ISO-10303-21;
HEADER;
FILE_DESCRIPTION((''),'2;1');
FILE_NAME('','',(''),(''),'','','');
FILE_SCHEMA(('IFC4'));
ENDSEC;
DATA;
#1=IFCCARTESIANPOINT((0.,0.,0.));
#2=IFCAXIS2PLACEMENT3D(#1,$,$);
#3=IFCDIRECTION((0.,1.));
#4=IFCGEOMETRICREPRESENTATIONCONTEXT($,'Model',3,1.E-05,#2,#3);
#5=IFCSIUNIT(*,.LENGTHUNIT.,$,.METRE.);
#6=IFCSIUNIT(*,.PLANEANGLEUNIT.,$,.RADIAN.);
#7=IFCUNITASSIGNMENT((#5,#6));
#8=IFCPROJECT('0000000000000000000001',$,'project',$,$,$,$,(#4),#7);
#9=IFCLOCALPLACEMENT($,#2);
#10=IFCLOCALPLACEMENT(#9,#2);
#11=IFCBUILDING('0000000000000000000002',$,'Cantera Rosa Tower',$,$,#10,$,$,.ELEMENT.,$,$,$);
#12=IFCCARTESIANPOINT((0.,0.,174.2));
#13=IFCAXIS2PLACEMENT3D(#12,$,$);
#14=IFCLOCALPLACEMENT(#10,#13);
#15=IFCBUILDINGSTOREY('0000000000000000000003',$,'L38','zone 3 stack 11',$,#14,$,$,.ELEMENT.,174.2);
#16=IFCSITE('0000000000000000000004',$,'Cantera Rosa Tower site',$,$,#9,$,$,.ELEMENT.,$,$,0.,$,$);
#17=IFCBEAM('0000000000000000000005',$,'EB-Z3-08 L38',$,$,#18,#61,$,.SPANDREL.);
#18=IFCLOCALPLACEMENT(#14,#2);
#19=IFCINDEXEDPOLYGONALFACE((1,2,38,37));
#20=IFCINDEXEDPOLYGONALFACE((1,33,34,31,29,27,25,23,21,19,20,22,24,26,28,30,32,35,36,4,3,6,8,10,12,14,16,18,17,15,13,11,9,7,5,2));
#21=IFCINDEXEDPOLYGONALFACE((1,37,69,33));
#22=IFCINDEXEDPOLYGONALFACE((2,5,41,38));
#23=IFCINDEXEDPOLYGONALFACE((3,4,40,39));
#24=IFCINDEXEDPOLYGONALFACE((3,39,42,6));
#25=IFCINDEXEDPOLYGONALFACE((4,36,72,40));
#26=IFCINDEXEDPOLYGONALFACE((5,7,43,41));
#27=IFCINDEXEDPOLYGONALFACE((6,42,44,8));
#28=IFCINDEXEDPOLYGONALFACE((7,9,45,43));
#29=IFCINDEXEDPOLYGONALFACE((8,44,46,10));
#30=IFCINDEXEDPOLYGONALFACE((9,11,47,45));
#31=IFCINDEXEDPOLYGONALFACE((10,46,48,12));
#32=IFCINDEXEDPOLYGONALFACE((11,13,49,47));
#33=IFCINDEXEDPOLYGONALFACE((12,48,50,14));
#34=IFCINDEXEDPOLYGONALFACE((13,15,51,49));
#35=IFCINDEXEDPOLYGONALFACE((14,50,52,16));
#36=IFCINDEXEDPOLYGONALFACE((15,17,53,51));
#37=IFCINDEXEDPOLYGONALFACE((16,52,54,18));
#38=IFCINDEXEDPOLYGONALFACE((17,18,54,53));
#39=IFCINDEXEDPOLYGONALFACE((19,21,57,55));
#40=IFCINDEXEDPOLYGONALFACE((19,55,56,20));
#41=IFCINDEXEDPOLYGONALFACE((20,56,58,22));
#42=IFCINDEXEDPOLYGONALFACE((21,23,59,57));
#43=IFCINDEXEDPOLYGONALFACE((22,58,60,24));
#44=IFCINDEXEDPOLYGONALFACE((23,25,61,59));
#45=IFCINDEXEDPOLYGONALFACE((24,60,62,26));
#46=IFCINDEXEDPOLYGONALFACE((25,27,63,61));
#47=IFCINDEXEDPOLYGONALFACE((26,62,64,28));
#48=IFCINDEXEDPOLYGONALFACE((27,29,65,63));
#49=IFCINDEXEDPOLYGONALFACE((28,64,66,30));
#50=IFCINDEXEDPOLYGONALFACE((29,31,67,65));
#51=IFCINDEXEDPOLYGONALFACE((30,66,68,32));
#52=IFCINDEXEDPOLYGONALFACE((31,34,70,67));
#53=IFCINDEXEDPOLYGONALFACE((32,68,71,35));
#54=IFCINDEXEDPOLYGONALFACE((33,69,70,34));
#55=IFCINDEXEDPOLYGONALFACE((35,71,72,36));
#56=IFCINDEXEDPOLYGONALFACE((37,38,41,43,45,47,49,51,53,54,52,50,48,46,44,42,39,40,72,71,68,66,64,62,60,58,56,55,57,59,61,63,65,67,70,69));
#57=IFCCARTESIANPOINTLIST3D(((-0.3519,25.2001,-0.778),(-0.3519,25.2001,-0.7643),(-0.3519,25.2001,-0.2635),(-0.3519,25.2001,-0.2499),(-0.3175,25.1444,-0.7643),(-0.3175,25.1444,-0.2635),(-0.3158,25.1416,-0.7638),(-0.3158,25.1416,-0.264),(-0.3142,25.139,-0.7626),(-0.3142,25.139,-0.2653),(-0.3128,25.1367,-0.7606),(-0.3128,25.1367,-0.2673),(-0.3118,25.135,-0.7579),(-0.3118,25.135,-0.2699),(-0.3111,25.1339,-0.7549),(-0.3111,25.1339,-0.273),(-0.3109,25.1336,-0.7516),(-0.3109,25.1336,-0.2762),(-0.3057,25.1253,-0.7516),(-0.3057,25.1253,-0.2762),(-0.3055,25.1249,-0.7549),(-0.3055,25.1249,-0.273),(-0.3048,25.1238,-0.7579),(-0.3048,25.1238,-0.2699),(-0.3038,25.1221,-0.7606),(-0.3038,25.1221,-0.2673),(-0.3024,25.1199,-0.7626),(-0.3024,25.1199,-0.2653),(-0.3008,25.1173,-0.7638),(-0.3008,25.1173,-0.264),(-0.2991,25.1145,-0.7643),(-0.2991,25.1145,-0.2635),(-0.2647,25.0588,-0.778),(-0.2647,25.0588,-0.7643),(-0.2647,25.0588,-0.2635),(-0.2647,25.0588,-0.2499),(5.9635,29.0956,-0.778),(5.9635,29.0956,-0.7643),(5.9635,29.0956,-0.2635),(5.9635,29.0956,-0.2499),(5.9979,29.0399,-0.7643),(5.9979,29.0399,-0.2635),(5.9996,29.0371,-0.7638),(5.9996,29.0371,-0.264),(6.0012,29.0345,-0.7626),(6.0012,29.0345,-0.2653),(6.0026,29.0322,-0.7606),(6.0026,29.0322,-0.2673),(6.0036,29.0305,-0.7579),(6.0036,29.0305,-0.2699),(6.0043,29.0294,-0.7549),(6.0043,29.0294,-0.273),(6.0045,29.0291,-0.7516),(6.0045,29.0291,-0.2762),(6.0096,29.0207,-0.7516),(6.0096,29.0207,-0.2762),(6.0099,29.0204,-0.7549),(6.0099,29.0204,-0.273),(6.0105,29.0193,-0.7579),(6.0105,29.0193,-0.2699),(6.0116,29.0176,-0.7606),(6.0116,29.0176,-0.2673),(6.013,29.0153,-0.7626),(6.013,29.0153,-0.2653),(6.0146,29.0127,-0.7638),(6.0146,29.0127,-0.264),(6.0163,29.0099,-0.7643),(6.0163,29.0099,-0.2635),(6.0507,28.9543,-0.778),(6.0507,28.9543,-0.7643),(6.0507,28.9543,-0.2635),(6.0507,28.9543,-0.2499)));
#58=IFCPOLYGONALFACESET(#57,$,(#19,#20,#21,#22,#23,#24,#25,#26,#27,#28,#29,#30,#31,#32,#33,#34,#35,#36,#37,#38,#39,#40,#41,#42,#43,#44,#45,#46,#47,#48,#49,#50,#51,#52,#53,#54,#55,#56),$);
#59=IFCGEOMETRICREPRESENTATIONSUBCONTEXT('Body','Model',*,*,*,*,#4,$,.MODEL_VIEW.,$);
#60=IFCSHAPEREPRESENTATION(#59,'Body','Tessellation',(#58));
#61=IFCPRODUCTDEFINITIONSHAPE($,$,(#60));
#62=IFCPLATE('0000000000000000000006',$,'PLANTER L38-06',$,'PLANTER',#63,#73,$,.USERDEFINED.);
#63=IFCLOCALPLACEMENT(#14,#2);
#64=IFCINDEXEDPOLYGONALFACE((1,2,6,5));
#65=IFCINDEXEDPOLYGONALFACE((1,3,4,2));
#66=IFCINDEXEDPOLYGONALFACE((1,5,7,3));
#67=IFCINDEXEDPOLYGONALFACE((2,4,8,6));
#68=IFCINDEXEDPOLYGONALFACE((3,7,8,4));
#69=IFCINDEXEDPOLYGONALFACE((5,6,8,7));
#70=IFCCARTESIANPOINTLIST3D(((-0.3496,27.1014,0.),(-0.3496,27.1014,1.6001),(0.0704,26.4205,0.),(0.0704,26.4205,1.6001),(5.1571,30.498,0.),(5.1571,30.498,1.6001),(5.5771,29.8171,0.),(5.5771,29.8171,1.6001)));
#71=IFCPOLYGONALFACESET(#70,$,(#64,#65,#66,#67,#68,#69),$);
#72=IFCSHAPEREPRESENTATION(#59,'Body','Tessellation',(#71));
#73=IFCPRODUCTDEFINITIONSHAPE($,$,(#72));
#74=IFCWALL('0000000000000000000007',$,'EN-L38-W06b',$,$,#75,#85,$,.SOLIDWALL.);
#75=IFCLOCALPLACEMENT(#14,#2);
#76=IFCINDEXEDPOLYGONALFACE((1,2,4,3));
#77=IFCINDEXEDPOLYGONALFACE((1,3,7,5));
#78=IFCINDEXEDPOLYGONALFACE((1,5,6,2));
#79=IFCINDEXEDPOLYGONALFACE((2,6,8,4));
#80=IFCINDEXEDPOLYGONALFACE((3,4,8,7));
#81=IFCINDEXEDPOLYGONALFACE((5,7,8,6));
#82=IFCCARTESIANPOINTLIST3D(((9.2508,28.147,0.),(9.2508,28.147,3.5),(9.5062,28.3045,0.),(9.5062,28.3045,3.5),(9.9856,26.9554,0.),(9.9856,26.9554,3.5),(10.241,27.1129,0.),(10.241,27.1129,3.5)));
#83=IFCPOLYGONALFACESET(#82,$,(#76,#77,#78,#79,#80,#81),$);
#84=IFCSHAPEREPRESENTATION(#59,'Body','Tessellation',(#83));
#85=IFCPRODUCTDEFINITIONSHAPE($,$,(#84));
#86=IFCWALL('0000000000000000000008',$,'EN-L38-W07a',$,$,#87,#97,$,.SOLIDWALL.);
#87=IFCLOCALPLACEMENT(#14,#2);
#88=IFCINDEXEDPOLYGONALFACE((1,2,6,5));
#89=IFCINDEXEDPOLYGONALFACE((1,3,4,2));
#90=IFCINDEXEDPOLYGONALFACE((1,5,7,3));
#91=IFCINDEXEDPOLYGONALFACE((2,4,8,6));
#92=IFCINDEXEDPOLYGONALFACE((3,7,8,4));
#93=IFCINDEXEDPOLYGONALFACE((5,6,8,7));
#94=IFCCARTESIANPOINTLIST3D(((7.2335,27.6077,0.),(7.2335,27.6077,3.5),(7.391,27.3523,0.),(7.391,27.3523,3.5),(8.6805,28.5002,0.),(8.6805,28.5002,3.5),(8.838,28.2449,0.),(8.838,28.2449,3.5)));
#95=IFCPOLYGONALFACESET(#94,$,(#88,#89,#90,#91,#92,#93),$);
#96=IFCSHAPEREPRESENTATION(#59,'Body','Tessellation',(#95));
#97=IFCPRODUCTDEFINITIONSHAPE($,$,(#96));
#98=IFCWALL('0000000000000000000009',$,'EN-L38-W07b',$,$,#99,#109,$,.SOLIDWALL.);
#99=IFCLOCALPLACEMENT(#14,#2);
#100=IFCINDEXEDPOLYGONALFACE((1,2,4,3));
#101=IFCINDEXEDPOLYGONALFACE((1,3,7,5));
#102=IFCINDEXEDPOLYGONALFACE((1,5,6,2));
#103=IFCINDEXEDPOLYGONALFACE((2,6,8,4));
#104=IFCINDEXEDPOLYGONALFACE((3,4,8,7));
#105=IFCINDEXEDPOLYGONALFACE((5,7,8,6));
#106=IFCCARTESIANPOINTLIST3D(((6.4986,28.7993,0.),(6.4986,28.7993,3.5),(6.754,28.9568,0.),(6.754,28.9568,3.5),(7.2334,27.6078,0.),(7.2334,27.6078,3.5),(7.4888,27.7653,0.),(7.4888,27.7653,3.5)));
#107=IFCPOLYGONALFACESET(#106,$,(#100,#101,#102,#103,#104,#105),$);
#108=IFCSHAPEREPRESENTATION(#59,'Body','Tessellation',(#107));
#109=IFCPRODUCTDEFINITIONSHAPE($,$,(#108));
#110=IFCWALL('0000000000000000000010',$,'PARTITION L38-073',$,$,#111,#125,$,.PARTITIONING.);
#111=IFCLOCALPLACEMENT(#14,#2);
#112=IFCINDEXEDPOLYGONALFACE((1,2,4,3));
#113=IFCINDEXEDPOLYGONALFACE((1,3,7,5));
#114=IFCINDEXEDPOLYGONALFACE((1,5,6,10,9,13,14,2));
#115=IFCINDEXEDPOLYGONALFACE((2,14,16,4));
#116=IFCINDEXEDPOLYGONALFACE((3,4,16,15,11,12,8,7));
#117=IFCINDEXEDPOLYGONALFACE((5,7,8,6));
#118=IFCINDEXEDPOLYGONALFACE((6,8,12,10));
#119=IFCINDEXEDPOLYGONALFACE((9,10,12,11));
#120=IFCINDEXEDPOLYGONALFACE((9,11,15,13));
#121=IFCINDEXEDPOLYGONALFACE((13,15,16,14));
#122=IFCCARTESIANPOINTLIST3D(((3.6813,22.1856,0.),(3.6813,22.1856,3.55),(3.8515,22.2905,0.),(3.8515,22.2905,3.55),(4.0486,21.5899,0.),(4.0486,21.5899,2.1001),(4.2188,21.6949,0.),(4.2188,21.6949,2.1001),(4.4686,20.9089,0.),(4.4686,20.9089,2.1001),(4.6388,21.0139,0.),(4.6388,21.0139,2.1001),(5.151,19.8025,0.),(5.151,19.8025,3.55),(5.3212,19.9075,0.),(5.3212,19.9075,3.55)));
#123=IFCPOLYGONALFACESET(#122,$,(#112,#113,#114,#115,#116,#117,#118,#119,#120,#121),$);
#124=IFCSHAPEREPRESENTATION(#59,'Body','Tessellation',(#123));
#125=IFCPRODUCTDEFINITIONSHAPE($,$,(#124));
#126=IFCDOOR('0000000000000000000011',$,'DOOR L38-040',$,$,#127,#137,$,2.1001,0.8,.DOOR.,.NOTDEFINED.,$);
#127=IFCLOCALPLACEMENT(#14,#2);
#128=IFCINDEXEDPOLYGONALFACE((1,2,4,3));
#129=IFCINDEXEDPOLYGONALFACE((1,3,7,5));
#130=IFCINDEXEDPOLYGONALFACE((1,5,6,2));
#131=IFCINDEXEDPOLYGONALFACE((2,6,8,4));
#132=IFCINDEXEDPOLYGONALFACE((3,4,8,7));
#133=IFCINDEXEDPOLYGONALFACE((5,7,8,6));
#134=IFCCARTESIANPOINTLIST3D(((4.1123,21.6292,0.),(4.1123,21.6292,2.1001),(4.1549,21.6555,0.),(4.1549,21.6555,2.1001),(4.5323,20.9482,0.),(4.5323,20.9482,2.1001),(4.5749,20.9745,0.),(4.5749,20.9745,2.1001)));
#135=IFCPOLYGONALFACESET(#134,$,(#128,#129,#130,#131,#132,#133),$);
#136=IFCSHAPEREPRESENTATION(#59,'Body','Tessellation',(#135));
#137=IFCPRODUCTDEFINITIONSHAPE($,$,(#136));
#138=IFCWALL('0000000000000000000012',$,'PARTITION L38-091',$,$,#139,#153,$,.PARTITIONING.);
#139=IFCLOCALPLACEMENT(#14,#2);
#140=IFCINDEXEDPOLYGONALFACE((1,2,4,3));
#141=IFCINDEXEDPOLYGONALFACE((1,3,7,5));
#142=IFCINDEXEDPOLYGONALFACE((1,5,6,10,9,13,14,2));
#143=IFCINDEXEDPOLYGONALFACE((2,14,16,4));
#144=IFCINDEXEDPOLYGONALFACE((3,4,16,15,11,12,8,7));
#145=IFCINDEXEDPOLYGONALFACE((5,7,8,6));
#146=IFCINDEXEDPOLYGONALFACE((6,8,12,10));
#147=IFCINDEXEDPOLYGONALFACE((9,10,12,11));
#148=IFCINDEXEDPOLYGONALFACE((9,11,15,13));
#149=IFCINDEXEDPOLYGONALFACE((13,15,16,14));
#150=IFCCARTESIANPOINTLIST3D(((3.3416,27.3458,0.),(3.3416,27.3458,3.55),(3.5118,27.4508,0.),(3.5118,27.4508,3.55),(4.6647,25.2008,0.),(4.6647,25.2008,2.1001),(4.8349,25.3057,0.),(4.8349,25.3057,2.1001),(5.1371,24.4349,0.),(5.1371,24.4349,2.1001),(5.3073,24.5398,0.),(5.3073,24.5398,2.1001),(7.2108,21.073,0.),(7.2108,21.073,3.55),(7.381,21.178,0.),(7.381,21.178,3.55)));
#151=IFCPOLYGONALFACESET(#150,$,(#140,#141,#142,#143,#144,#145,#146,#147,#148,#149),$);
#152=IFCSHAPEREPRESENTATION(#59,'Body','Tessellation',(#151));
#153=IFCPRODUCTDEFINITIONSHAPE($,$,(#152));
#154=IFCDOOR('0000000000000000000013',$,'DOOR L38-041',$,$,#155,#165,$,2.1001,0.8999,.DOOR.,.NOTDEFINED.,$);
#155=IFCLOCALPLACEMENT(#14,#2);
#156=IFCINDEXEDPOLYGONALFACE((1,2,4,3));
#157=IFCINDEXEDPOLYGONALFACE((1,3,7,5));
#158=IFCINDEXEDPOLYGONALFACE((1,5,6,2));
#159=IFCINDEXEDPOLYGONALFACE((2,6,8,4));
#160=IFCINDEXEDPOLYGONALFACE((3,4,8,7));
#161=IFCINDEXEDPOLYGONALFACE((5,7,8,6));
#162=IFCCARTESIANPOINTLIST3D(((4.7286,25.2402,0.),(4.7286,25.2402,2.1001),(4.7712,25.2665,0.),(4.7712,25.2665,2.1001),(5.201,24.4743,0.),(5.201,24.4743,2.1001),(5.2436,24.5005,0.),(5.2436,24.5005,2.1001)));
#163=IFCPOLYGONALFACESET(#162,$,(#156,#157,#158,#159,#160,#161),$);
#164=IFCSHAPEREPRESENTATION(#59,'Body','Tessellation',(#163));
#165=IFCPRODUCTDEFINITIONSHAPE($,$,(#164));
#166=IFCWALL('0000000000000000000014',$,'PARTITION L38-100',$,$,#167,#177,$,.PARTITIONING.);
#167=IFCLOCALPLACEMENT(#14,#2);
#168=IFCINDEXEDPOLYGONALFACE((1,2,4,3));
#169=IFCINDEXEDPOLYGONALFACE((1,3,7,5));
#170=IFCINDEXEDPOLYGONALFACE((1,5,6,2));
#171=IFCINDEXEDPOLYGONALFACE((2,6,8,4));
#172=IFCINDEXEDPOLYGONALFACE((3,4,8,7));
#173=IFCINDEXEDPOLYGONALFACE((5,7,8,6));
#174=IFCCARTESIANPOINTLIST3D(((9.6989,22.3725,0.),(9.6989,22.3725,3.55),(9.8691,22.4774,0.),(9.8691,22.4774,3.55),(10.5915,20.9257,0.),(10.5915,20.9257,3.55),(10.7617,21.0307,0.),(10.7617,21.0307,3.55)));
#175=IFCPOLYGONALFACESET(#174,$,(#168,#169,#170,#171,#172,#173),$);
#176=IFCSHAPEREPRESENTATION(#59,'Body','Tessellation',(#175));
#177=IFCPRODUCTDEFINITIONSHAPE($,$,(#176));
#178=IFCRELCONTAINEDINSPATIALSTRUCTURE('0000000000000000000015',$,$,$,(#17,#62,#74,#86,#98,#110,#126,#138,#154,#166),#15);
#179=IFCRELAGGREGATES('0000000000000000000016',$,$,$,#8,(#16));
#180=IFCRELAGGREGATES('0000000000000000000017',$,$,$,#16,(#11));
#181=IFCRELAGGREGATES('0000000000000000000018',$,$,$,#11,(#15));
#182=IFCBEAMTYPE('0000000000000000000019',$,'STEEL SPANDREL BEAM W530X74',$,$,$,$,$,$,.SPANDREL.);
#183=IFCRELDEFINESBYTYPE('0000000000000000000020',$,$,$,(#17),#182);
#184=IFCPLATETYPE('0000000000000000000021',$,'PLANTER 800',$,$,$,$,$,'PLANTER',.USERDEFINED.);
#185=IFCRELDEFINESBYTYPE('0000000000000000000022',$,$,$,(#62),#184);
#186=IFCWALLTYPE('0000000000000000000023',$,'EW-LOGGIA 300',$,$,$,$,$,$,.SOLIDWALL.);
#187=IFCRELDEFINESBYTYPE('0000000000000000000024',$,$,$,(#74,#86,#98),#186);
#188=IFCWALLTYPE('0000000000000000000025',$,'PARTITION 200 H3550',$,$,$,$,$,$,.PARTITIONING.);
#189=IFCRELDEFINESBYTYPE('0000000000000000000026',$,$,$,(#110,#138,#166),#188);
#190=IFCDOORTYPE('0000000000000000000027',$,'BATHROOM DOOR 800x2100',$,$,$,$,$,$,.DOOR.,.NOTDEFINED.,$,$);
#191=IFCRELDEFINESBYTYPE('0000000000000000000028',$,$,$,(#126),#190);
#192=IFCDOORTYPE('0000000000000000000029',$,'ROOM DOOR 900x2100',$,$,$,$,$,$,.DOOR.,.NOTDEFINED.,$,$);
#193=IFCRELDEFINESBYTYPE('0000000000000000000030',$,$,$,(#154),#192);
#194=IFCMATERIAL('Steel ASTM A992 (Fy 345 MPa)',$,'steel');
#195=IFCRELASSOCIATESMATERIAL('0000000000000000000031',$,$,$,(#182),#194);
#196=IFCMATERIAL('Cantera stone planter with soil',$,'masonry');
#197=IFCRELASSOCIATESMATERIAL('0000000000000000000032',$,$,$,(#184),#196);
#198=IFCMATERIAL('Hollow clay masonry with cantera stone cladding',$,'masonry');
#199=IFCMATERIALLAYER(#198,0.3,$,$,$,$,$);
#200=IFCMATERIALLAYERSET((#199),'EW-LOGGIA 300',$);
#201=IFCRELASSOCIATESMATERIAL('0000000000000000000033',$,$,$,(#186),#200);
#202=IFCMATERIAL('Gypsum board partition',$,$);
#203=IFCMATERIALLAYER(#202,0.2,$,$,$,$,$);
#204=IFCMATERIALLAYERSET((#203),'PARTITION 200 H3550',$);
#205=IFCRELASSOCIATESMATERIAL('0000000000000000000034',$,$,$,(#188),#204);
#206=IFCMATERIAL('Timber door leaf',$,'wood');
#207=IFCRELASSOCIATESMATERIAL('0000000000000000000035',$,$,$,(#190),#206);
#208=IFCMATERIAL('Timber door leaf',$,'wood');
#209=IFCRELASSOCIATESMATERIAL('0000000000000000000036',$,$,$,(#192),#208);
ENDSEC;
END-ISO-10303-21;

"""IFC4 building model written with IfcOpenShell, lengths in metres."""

from ifc_helpers import new_model, si_unit, direction, frame, frame_2d, origin, origin_2d, place, context, subcontext, project, spatial, rectangle, i_section, extrude, material, layer, layer_set, material_profile, profile_set, type_object, element, fill, save


model = new_model("IFC4")

# Units and contexts
model_context = context("Model", 3, precision=1e-05, world=origin(), true_north=direction((0.0, 1.0)))
body_context = subcontext(model_context, "Body", "Model", "MODEL_VIEW")
ifc_project = project(units=[si_unit("LENGTHUNIT", "METRE"), si_unit("PLANEANGLEUNIT", "RADIAN")], contexts=[model_context])

# Site, building, storey
site_placement = place(None, origin())
site = spatial("IfcSite", under=ifc_project, at=site_placement, Name="Cantera Rosa Tower site", CompositionType="ELEMENT", RefElevation=0.0)
building_placement = place(site_placement, origin())
building = spatial("IfcBuilding", under=site, at=building_placement, Name="Cantera Rosa Tower", CompositionType="ELEMENT")
storey_placement = place(building_placement, frame((0.0, 0.0, 174.2)))
storey = spatial("IfcBuildingStorey", under=building, at=storey_placement, Name="L38", Description="zone 3 stack 11", CompositionType="ELEMENT", Elevation=174.2)

# Beam
ifc_material_1 = material(Name="Steel ASTM A992 (Fy 345 MPa)", Category="steel")
ifc_material_profile_1 = material_profile(ifc_material_1, i_section(OverallWidth=0.166, OverallDepth=0.5281, WebThickness=0.0098, FlangeThickness=0.0137, FilletRadius=0.0127, at=origin_2d()), Name="W530X74")
ifc_profile_set_1 = profile_set([ifc_material_profile_1], Name="Steel ASTM A992 (Fy 345 MPa)")
beam_type_1 = type_object("IfcBeamType", Name="STEEL SPANDREL BEAM W530X74", PredefinedType="SPANDREL", material=ifc_profile_set_1)
beam_1_placement = place(storey_placement, frame((6.0071, 29.0249, -0.5139), z_axis=(-0.851111, -0.524986, 0.0), x_axis=(0.524986, -0.851111, 0.0)))
element("IfcBeam", 1, at=beam_1_placement, inside=storey, type_object=beam_type_1, Name="EB-Z3-08 L38", PredefinedType="SPANDREL", context=body_context, shape_type="SweptSolid", body=[
    extrude(i_section(OverallWidth=0.166, OverallDepth=0.5281, WebThickness=0.0098, FlangeThickness=0.0137, FilletRadius=0.0127, at=origin_2d()), origin(), (0.0, 0.0, 1.0), 7.4202),
])

# Plate
ifc_material_2 = material(Name="Cantera stone planter with soil", Category="masonry")
plate_type = type_object("IfcPlateType", Name="PLANTER 800", ElementType="PLANTER", PredefinedType="USERDEFINED", material=ifc_material_2)
plate_placement = place(storey_placement, frame((2.6138, 28.4592, 0.0), z_axis=(0.0, 0.0, 1.0), x_axis=(-0.851117, -0.524977, 0.0)))
element("IfcPlate", 2, at=plate_placement, inside=storey, type_object=plate_type, Name="PLANTER L38-06", ObjectType="PLANTER", PredefinedType="USERDEFINED", context=body_context, shape_type="SweptSolid", body=[
    extrude(rectangle(XDim=6.47, YDim=0.8, at=origin_2d()), origin(), (0.0, 0.0, 1.0), 1.6001),
])

# Walls
ifc_material_3 = material(Name="Hollow clay masonry with cantera stone cladding", Category="masonry")
ifc_layer_1 = layer(ifc_material_3, 0.3)
ifc_layer_set_1 = layer_set([ifc_layer_1], Name="EW-LOGGIA 300")
wall_type_1 = type_object("IfcWallType", Name="EW-LOGGIA 300", PredefinedType="SOLIDWALL", material=ifc_layer_set_1)
wall_1_placement = place(storey_placement, frame((10.1133, 27.0342, 0.0), z_axis=(0.0, 0.0, 1.0), x_axis=(-0.524895, 0.851167, 0.0)))
element("IfcWall", 3, at=wall_1_placement, inside=storey, type_object=wall_type_1, Name="EN-L38-W06b", PredefinedType="SOLIDWALL", context=body_context, shape_type="SweptSolid", body=[
    extrude(rectangle(XDim=1.3999, YDim=0.3, at=frame_2d((0.7, 0.0))), origin(), (0.0, 0.0, 1.0), 3.5),
])
wall_2_placement = place(storey_placement, frame((8.7593, 28.3726, 0.0), z_axis=(0.0, 0.0, 1.0), x_axis=(-0.851106, -0.524994, 0.0)))
element("IfcWall", 4, at=wall_2_placement, inside=storey, type_object=wall_type_1, Name="EN-L38-W07a", PredefinedType="SOLIDWALL", context=body_context, shape_type="SweptSolid", body=[
    extrude(rectangle(XDim=1.7002, YDim=0.3, at=frame_2d((0.8501, 0.0))), origin(), (0.0, 0.0, 1.0), 3.5),
])
wall_3_placement = place(storey_placement, frame((7.3611, 27.6865, 0.0), z_axis=(0.0, 0.0, 1.0), x_axis=(-0.524895, 0.851167, 0.0)))
element("IfcWall", 5, at=wall_3_placement, inside=storey, type_object=wall_type_1, Name="EN-L38-W07b", PredefinedType="SOLIDWALL", context=body_context, shape_type="SweptSolid", body=[
    extrude(rectangle(XDim=1.3999, YDim=0.3, at=frame_2d((0.7, 0.0))), origin(), (0.0, 0.0, 1.0), 3.5),
])

# Walls, openings, doors
ifc_material_4 = material(Name="Gypsum board partition")
ifc_layer_2 = layer(ifc_material_4, 0.2)
ifc_layer_set_2 = layer_set([ifc_layer_2], Name="PARTITION 200 H3550")
wall_type_2 = type_object("IfcWallType", Name="PARTITION 200 H3550", PredefinedType="PARTITIONING", material=ifc_layer_set_2)
wall_4_placement = place(storey_placement, frame((3.7664, 22.238, 0.0), z_axis=(0.0, 0.0, 1.0), x_axis=(0.524934, -0.851143, 0.0)))
wall_4 = element("IfcWall", 6, at=wall_4_placement, inside=storey, type_object=wall_type_2, Name="PARTITION L38-073", PredefinedType="PARTITIONING", context=body_context, shape_type="SweptSolid", body=[
    extrude(rectangle(XDim=2.7998, YDim=0.2, at=frame_2d((1.3999, 0.0))), origin(), (0.0, 0.0, 1.0), 3.55),
])
opening_1_placement = place(wall_4_placement, frame((0.7, 0.0, 0.0)))
opening_1 = element("IfcOpeningElement", 7, at=opening_1_placement, cuts=wall_4, PredefinedType="OPENING", context=body_context, shape_type="SweptSolid", body=[
    extrude(rectangle(XDim=0.8, YDim=2.1001, at=frame_2d((0.3999, 1.05))), frame((0.0, 0.1099, 0.0), z_axis=(0.0, -1.0, 0.0), x_axis=(1.0, 0.0, 0.0)), (0.0, 0.0, 1.0), 0.22),
])
ifc_material_5 = material(Name="Timber door leaf", Category="wood")
door_type_1 = type_object("IfcDoorType", Name="BATHROOM DOOR 800x2100", OperationType="NOTDEFINED", PredefinedType="DOOR", material=ifc_material_5)
door_1_placement = place(opening_1_placement, origin())
door_1 = element("IfcDoor", 8, at=door_1_placement, inside=storey, type_object=door_type_1, Name="DOOR L38-040", OperationType="NOTDEFINED", OverallHeight=2.1001, OverallWidth=0.8, PredefinedType="DOOR", context=body_context, shape_type="SweptSolid", body=[
    extrude(rectangle(XDim=0.8, YDim=2.1001, at=frame_2d((0.3999, 1.05))), frame((0.0, 0.0249, 0.0), z_axis=(0.0, -1.0, 0.0), x_axis=(1.0, 0.0, 0.0)), (0.0, 0.0, 1.0), 0.05),
])
fill(opening_1, door_1)
wall_5_placement = place(storey_placement, frame((7.2959, 21.1255, 0.0), z_axis=(0.0, 0.0, 1.0), x_axis=(-0.524984, 0.851112, 0.0)))
wall_5 = element("IfcWall", 9, at=wall_5_placement, inside=storey, type_object=wall_type_2, Name="PARTITION L38-091", PredefinedType="PARTITIONING", context=body_context, shape_type="SweptSolid", body=[
    extrude(rectangle(XDim=7.3701, YDim=0.2, at=frame_2d((3.6851, 0.0))), origin(), (0.0, 0.0, 1.0), 3.55),
])
opening_2_placement = place(wall_5_placement, frame((3.95, 0.0, 0.0)))
opening_2 = element("IfcOpeningElement", 10, at=opening_2_placement, cuts=wall_5, PredefinedType="OPENING", context=body_context, shape_type="SweptSolid", body=[
    extrude(rectangle(XDim=0.8999, YDim=2.1001, at=frame_2d((0.45, 1.05))), frame((0.0, 0.1099, 0.0), z_axis=(0.0, -1.0, 0.0), x_axis=(1.0, 0.0, 0.0)), (0.0, 0.0, 1.0), 0.22),
])
ifc_material_6 = material(Name="Timber door leaf", Category="wood")
door_type_2 = type_object("IfcDoorType", Name="ROOM DOOR 900x2100", OperationType="NOTDEFINED", PredefinedType="DOOR", material=ifc_material_6)
door_2_placement = place(opening_2_placement, origin())
door_2 = element("IfcDoor", 11, at=door_2_placement, inside=storey, type_object=door_type_2, Name="DOOR L38-041", OperationType="NOTDEFINED", OverallHeight=2.1001, OverallWidth=0.8999, PredefinedType="DOOR", context=body_context, shape_type="SweptSolid", body=[
    extrude(rectangle(XDim=0.8999, YDim=2.1001, at=frame_2d((0.45, 1.05))), frame((0.0, 0.0249, 0.0), z_axis=(0.0, -1.0, 0.0), x_axis=(1.0, 0.0, 0.0)), (0.0, 0.0, 1.0), 0.05),
])
fill(opening_2, door_2)

# Wall
wall_6_placement = place(storey_placement, frame((9.7839, 22.425, 0.0), z_axis=(0.0, 0.0, 1.0), x_axis=(0.525059, -0.851066, 0.0)))
element("IfcWall", 12, at=wall_6_placement, inside=storey, type_object=wall_type_2, Name="PARTITION L38-100", PredefinedType="PARTITIONING", context=body_context, shape_type="SweptSolid", body=[
    extrude(rectangle(XDim=1.7, YDim=0.2, at=frame_2d((0.8501, 0.0))), origin(), (0.0, 0.0, 1.0), 3.55),
])

save(model, "model.ifc")
